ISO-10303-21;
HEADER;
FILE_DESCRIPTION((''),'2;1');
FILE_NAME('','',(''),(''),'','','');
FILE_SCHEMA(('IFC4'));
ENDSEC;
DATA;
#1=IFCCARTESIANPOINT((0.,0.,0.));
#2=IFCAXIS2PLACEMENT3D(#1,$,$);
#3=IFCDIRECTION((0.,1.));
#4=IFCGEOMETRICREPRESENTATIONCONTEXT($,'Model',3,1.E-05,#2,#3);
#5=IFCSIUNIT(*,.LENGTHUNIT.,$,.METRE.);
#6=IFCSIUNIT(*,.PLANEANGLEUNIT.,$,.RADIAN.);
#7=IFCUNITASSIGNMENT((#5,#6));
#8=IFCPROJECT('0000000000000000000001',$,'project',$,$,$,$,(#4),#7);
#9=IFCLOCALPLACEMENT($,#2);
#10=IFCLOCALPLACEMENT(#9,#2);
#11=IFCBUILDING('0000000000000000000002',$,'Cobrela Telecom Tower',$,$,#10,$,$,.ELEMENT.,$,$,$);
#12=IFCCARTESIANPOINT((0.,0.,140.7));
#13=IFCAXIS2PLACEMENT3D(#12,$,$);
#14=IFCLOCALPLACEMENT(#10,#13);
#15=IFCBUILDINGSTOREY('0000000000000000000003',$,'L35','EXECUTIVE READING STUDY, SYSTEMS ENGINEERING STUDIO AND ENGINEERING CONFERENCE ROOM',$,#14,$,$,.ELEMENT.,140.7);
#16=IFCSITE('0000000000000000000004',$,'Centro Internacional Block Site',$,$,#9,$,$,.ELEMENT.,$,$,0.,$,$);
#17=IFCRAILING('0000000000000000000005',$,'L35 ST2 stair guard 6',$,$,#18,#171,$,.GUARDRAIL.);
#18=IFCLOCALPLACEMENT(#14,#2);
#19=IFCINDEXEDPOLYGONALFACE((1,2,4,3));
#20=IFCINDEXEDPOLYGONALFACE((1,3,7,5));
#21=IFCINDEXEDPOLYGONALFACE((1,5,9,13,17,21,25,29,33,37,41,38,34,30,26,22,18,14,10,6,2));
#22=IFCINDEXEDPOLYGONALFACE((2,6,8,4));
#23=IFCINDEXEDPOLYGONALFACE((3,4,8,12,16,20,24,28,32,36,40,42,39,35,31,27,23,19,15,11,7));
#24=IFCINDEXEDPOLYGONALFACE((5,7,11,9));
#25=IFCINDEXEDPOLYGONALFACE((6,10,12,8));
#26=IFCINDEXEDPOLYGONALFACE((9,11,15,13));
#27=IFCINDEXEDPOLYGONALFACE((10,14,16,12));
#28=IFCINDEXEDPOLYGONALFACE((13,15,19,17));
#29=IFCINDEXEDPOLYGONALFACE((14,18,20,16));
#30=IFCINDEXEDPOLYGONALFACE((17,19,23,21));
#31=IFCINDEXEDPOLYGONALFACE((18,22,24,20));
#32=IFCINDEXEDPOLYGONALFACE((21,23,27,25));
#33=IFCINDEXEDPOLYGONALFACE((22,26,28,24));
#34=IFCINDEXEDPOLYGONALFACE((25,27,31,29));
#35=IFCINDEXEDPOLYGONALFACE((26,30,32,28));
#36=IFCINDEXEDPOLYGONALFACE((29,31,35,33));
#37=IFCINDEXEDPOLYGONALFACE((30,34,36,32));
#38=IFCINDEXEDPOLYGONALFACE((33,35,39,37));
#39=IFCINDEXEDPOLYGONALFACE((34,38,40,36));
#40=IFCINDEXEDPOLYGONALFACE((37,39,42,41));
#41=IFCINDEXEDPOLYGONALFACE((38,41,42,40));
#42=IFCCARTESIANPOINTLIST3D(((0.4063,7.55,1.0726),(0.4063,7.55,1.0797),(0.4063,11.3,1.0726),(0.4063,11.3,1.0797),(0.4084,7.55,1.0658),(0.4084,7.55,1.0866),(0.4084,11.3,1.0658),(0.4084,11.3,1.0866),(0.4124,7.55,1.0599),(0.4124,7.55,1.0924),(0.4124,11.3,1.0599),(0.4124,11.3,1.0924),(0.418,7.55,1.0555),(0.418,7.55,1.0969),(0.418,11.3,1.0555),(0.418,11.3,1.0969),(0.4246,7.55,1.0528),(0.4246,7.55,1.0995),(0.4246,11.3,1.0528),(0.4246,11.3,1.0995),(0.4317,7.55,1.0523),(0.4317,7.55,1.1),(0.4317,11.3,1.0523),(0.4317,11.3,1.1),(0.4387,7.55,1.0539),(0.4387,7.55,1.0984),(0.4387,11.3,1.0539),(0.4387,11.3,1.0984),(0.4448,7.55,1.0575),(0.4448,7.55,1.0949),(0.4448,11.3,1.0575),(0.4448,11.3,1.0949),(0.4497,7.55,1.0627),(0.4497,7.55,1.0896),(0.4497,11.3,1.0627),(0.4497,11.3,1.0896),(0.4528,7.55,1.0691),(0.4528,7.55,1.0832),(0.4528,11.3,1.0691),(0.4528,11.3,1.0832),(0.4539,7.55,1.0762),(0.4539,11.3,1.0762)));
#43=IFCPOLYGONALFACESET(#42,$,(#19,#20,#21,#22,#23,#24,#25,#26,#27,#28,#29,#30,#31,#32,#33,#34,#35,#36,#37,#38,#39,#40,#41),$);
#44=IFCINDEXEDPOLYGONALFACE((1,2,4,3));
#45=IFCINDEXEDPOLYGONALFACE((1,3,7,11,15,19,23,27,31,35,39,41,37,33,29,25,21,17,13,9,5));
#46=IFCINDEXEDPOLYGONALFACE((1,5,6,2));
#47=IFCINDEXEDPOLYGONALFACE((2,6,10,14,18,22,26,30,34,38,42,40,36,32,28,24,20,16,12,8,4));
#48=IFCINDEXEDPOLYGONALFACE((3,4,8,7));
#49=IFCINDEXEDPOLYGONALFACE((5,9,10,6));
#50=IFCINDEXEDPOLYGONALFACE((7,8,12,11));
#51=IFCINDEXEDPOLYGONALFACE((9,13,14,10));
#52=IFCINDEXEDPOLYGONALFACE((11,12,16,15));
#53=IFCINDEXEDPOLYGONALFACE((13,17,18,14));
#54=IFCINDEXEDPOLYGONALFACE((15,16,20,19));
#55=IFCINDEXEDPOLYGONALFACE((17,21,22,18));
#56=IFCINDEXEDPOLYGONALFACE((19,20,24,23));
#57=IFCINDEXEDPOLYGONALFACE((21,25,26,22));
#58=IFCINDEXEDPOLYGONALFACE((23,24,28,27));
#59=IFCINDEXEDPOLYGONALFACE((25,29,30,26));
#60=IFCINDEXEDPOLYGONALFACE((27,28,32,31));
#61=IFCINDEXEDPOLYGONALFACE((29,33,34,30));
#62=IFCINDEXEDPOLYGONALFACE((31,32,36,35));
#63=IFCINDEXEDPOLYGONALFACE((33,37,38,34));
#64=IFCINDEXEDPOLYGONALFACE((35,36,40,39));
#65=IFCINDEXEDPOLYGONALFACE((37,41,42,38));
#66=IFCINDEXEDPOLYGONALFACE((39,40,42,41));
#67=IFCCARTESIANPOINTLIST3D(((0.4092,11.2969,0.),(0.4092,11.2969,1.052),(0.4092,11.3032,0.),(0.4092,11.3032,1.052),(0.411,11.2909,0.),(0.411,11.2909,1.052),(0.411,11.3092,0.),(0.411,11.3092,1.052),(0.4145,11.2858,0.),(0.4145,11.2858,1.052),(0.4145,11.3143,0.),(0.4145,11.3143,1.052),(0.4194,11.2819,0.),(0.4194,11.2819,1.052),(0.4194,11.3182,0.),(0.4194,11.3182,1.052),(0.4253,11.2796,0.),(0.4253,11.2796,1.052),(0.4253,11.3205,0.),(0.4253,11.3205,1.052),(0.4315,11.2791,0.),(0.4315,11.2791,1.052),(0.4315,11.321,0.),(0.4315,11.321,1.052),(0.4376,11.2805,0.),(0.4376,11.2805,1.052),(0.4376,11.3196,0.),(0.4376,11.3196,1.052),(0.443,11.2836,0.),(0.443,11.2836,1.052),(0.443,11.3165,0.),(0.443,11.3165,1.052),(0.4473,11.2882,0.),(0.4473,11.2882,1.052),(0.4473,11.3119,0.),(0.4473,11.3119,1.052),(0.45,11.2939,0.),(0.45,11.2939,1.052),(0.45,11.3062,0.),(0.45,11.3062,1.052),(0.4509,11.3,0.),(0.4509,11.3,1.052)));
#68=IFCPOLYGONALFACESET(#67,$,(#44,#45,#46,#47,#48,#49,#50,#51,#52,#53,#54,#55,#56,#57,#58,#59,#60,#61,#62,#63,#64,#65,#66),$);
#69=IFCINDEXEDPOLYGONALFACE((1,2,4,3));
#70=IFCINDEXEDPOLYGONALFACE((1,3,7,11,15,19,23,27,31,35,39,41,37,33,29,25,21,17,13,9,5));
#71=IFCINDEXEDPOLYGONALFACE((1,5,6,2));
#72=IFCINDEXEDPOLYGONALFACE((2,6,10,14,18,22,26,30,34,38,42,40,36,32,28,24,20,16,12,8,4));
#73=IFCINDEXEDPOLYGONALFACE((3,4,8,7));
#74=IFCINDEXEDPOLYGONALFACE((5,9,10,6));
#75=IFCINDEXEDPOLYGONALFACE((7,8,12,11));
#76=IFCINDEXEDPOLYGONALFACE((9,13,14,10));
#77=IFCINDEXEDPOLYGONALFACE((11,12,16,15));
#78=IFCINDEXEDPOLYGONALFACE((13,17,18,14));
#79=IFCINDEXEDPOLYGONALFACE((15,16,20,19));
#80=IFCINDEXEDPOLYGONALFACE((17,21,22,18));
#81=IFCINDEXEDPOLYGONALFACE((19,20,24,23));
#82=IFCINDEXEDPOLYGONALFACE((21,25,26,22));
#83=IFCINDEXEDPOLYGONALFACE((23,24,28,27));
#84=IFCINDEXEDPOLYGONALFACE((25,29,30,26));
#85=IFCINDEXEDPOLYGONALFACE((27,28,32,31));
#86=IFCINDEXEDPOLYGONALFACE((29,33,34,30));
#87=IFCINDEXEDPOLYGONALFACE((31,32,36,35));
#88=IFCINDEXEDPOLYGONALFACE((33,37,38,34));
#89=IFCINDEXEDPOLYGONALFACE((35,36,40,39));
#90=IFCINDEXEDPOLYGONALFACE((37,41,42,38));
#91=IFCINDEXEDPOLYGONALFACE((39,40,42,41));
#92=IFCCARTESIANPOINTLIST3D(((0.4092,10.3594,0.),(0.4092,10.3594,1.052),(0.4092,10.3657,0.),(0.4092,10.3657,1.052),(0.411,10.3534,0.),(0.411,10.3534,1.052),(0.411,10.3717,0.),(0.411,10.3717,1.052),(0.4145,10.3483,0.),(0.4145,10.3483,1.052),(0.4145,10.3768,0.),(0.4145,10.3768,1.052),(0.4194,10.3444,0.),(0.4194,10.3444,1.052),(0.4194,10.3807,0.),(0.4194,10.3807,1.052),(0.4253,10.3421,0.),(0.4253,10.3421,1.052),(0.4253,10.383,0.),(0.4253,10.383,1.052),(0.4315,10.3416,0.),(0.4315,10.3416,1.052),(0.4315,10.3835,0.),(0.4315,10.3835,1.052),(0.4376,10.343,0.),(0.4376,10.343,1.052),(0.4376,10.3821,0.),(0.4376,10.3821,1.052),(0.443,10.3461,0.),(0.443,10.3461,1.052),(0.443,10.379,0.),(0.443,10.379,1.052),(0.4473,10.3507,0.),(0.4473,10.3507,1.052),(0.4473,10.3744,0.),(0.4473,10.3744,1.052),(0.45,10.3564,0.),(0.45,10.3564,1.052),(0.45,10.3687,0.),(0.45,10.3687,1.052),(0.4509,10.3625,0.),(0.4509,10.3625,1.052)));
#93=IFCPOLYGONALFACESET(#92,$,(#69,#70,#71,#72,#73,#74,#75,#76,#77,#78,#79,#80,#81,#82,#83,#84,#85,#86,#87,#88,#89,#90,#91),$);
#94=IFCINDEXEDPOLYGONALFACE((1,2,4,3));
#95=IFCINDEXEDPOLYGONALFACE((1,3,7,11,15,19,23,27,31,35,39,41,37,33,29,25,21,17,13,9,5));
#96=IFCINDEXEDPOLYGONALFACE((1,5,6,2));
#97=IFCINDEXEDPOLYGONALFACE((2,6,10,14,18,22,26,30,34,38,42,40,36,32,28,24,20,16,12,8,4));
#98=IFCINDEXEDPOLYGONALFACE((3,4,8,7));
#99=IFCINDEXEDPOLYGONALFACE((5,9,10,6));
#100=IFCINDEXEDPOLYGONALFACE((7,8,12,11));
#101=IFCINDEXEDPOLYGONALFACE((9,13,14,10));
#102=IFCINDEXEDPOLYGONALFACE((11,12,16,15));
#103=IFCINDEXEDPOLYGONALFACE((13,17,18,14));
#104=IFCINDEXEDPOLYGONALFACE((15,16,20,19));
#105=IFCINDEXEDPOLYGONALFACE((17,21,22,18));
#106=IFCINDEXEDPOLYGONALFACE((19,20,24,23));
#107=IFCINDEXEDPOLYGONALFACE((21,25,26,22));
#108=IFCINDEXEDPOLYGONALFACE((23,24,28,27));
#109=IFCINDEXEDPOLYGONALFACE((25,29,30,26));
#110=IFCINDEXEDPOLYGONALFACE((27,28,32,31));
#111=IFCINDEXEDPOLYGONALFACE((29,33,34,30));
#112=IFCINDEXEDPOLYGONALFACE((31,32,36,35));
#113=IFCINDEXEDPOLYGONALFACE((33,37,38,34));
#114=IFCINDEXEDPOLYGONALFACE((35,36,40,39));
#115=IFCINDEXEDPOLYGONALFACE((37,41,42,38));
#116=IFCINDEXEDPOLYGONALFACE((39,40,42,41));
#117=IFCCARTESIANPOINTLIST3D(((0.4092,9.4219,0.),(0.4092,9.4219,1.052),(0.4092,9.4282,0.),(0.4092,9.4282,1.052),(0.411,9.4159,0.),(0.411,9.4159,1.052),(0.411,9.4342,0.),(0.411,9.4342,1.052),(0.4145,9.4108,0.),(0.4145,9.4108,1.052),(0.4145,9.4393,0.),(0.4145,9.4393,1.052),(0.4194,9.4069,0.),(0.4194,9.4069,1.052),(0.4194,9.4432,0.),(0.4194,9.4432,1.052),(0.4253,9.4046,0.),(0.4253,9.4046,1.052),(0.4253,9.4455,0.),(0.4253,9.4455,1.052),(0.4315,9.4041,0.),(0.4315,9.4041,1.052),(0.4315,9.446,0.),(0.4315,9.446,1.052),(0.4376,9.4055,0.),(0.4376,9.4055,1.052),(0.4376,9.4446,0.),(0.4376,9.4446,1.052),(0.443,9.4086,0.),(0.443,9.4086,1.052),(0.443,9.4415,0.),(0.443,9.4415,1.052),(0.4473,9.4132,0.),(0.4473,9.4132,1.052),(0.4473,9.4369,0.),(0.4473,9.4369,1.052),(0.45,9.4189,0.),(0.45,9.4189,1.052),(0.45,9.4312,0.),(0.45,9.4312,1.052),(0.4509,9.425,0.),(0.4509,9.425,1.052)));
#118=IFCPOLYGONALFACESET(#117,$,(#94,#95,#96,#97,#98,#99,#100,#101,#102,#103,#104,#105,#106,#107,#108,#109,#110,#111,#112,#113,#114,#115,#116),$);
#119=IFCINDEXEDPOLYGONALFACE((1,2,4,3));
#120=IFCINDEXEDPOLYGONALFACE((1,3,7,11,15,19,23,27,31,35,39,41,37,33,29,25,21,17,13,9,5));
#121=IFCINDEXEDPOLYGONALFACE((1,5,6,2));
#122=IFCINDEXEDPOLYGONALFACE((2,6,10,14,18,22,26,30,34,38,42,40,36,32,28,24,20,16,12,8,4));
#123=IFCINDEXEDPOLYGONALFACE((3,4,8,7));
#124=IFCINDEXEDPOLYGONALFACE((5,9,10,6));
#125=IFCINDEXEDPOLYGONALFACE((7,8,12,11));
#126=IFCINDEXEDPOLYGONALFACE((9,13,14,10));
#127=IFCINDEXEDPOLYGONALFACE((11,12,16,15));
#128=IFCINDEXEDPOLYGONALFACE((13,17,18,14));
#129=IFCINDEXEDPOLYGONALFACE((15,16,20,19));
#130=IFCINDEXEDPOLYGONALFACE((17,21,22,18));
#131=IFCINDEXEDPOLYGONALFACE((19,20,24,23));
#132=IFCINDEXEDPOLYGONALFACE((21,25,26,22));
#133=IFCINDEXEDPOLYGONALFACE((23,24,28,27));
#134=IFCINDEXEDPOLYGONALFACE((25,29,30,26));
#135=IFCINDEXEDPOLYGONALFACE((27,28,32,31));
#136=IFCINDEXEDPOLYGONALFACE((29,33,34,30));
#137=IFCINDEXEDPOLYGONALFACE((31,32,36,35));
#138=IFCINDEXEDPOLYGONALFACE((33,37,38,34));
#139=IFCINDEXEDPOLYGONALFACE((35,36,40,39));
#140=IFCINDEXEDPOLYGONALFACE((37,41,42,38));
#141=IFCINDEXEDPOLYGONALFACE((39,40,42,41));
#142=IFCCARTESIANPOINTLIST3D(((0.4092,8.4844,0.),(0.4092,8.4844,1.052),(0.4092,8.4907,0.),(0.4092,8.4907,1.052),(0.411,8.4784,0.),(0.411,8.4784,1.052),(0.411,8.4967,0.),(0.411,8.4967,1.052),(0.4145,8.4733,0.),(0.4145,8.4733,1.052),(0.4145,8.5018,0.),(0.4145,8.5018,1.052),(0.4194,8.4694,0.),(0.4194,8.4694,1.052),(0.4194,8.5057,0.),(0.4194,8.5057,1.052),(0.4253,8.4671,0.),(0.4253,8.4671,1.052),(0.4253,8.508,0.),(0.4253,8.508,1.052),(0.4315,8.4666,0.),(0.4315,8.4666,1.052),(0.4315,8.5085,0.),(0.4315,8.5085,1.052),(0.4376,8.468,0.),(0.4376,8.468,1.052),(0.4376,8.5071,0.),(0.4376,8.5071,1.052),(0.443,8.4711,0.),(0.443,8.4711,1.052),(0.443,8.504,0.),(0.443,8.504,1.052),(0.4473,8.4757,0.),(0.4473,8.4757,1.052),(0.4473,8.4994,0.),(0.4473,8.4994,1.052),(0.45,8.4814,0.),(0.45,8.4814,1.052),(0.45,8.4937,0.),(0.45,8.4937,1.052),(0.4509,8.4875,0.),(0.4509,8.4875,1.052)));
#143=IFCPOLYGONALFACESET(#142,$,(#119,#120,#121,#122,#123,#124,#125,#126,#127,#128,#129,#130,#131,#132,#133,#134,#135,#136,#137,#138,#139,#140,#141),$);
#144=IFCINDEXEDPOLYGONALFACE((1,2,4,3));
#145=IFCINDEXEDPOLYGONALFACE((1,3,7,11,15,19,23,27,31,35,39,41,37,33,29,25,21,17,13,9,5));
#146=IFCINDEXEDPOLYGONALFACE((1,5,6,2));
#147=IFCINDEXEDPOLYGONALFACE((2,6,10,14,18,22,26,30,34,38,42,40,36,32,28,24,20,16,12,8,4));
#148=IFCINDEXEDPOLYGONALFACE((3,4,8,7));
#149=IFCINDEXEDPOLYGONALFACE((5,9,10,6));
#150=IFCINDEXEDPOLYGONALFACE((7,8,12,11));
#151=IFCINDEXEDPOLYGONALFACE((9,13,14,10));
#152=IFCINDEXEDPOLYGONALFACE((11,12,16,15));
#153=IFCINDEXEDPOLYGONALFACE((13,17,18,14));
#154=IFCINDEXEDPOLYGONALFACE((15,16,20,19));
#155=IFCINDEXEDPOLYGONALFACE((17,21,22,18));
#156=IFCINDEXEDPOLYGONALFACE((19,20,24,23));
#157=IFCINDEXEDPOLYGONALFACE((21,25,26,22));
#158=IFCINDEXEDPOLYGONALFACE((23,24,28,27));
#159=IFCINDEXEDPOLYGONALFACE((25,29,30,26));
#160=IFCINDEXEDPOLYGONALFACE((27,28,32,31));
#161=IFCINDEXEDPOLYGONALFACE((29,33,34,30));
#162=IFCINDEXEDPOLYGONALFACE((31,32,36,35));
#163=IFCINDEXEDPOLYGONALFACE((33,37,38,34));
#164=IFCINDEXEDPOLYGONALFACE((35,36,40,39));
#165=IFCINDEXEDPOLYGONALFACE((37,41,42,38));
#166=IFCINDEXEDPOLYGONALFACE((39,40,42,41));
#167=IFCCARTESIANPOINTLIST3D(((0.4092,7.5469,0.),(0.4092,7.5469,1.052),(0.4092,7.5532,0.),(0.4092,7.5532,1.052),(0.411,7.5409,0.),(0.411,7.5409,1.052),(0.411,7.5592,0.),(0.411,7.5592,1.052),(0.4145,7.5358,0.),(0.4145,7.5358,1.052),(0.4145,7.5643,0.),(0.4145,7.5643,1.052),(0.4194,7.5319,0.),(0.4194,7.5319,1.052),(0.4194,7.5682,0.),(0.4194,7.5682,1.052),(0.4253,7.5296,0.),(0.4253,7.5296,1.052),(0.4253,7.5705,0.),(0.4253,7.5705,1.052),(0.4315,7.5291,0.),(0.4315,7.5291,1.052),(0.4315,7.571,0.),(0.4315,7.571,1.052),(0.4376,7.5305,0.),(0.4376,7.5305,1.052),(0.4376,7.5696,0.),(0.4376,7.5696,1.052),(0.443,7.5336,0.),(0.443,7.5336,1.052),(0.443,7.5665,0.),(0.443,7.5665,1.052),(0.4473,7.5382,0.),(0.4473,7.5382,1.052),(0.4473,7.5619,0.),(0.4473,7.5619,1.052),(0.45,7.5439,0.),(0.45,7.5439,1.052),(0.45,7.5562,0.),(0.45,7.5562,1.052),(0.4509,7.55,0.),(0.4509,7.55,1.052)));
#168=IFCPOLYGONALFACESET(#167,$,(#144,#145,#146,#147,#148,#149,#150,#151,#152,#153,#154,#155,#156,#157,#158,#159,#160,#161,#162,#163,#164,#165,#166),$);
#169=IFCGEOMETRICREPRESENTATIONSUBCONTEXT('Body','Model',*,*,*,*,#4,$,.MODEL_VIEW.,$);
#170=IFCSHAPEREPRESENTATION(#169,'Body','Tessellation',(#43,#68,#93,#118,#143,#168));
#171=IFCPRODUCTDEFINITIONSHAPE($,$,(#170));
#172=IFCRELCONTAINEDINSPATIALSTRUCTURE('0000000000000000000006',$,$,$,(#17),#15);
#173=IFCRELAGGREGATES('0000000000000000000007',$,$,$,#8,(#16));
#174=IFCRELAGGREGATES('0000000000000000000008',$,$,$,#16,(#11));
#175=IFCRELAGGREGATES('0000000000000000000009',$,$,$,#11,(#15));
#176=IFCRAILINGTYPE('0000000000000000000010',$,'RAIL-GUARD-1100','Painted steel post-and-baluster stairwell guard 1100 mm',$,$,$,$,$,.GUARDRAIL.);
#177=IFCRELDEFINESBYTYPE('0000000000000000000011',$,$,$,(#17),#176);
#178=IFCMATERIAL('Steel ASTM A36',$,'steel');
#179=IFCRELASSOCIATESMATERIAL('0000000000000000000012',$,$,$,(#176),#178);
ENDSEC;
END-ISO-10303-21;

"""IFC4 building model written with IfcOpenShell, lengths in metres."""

from ifc_helpers import new_model, si_unit, direction, frame, origin, origin_2d, place, context, subcontext, project, spatial, circle, extrude, material, type_object, element, save


model = new_model("IFC4")

# Units and contexts
model_context = context("Model", 3, precision=1e-05, world=origin(), true_north=direction((0.0, 1.0)))
body_context = subcontext(model_context, "Body", "Model", "MODEL_VIEW")
ifc_project = project(units=[si_unit("LENGTHUNIT", "METRE"), si_unit("PLANEANGLEUNIT", "RADIAN")], contexts=[model_context])

# Site, building, storey
site_placement = place(None, origin())
site = spatial("IfcSite", under=ifc_project, at=site_placement, Name="Centro Internacional Block Site", CompositionType="ELEMENT", RefElevation=0.0)
building_placement = place(site_placement, origin())
building = spatial("IfcBuilding", under=site, at=building_placement, Name="Cobrela Telecom Tower", CompositionType="ELEMENT")
storey_placement = place(building_placement, frame((0.0, 0.0, 140.7)))
storey = spatial("IfcBuildingStorey", under=building, at=storey_placement, Name="L35", Description="EXECUTIVE READING STUDY, SYSTEMS ENGINEERING STUDIO AND ENGINEERING CONFERENCE ROOM", CompositionType="ELEMENT", Elevation=140.7)

# Shared definitions
ifc_material_1 = material(Name="Steel ASTM A36", Category="steel")

# Railing
railing_type_1 = type_object("IfcRailingType", Name="RAIL-GUARD-1100", Description="Painted steel post-and-baluster stairwell guard 1100 mm", PredefinedType="GUARDRAIL", material=ifc_material_1)
railing_1_placement = place(storey_placement, frame((0.4299, 11.3, 0.0)))
element("IfcRailing", 1, at=railing_1_placement, inside=storey, type_object=railing_type_1, Name="L35 ST2 stair guard 6", PredefinedType="GUARDRAIL", context=body_context, shape_type="SweptSolid", body=[
    extrude(circle(Radius=0.0239, at=origin_2d()), frame((0.0, 0.0, 1.0762), z_axis=(0.0, -1.0, 0.0), x_axis=(1.0, 0.0, 0.0)), (0.0, 0.0, 1.0), 3.75),
    extrude(circle(Radius=0.021, at=origin_2d()), origin(), (0.0, 0.0, 1.0), 1.052),
    extrude(circle(Radius=0.021, at=origin_2d()), frame((0.0, -0.9375, 0.0)), (0.0, 0.0, 1.0), 1.052),
    extrude(circle(Radius=0.021, at=origin_2d()), frame((0.0, -1.875, 0.0)), (0.0, 0.0, 1.0), 1.052),
    extrude(circle(Radius=0.021, at=origin_2d()), frame((0.0, -2.8125, 0.0)), (0.0, 0.0, 1.0), 1.052),
    extrude(circle(Radius=0.021, at=origin_2d()), frame((0.0, -3.75, 0.0)), (0.0, 0.0, 1.0), 1.052),
])

save(model, "model.ifc")
